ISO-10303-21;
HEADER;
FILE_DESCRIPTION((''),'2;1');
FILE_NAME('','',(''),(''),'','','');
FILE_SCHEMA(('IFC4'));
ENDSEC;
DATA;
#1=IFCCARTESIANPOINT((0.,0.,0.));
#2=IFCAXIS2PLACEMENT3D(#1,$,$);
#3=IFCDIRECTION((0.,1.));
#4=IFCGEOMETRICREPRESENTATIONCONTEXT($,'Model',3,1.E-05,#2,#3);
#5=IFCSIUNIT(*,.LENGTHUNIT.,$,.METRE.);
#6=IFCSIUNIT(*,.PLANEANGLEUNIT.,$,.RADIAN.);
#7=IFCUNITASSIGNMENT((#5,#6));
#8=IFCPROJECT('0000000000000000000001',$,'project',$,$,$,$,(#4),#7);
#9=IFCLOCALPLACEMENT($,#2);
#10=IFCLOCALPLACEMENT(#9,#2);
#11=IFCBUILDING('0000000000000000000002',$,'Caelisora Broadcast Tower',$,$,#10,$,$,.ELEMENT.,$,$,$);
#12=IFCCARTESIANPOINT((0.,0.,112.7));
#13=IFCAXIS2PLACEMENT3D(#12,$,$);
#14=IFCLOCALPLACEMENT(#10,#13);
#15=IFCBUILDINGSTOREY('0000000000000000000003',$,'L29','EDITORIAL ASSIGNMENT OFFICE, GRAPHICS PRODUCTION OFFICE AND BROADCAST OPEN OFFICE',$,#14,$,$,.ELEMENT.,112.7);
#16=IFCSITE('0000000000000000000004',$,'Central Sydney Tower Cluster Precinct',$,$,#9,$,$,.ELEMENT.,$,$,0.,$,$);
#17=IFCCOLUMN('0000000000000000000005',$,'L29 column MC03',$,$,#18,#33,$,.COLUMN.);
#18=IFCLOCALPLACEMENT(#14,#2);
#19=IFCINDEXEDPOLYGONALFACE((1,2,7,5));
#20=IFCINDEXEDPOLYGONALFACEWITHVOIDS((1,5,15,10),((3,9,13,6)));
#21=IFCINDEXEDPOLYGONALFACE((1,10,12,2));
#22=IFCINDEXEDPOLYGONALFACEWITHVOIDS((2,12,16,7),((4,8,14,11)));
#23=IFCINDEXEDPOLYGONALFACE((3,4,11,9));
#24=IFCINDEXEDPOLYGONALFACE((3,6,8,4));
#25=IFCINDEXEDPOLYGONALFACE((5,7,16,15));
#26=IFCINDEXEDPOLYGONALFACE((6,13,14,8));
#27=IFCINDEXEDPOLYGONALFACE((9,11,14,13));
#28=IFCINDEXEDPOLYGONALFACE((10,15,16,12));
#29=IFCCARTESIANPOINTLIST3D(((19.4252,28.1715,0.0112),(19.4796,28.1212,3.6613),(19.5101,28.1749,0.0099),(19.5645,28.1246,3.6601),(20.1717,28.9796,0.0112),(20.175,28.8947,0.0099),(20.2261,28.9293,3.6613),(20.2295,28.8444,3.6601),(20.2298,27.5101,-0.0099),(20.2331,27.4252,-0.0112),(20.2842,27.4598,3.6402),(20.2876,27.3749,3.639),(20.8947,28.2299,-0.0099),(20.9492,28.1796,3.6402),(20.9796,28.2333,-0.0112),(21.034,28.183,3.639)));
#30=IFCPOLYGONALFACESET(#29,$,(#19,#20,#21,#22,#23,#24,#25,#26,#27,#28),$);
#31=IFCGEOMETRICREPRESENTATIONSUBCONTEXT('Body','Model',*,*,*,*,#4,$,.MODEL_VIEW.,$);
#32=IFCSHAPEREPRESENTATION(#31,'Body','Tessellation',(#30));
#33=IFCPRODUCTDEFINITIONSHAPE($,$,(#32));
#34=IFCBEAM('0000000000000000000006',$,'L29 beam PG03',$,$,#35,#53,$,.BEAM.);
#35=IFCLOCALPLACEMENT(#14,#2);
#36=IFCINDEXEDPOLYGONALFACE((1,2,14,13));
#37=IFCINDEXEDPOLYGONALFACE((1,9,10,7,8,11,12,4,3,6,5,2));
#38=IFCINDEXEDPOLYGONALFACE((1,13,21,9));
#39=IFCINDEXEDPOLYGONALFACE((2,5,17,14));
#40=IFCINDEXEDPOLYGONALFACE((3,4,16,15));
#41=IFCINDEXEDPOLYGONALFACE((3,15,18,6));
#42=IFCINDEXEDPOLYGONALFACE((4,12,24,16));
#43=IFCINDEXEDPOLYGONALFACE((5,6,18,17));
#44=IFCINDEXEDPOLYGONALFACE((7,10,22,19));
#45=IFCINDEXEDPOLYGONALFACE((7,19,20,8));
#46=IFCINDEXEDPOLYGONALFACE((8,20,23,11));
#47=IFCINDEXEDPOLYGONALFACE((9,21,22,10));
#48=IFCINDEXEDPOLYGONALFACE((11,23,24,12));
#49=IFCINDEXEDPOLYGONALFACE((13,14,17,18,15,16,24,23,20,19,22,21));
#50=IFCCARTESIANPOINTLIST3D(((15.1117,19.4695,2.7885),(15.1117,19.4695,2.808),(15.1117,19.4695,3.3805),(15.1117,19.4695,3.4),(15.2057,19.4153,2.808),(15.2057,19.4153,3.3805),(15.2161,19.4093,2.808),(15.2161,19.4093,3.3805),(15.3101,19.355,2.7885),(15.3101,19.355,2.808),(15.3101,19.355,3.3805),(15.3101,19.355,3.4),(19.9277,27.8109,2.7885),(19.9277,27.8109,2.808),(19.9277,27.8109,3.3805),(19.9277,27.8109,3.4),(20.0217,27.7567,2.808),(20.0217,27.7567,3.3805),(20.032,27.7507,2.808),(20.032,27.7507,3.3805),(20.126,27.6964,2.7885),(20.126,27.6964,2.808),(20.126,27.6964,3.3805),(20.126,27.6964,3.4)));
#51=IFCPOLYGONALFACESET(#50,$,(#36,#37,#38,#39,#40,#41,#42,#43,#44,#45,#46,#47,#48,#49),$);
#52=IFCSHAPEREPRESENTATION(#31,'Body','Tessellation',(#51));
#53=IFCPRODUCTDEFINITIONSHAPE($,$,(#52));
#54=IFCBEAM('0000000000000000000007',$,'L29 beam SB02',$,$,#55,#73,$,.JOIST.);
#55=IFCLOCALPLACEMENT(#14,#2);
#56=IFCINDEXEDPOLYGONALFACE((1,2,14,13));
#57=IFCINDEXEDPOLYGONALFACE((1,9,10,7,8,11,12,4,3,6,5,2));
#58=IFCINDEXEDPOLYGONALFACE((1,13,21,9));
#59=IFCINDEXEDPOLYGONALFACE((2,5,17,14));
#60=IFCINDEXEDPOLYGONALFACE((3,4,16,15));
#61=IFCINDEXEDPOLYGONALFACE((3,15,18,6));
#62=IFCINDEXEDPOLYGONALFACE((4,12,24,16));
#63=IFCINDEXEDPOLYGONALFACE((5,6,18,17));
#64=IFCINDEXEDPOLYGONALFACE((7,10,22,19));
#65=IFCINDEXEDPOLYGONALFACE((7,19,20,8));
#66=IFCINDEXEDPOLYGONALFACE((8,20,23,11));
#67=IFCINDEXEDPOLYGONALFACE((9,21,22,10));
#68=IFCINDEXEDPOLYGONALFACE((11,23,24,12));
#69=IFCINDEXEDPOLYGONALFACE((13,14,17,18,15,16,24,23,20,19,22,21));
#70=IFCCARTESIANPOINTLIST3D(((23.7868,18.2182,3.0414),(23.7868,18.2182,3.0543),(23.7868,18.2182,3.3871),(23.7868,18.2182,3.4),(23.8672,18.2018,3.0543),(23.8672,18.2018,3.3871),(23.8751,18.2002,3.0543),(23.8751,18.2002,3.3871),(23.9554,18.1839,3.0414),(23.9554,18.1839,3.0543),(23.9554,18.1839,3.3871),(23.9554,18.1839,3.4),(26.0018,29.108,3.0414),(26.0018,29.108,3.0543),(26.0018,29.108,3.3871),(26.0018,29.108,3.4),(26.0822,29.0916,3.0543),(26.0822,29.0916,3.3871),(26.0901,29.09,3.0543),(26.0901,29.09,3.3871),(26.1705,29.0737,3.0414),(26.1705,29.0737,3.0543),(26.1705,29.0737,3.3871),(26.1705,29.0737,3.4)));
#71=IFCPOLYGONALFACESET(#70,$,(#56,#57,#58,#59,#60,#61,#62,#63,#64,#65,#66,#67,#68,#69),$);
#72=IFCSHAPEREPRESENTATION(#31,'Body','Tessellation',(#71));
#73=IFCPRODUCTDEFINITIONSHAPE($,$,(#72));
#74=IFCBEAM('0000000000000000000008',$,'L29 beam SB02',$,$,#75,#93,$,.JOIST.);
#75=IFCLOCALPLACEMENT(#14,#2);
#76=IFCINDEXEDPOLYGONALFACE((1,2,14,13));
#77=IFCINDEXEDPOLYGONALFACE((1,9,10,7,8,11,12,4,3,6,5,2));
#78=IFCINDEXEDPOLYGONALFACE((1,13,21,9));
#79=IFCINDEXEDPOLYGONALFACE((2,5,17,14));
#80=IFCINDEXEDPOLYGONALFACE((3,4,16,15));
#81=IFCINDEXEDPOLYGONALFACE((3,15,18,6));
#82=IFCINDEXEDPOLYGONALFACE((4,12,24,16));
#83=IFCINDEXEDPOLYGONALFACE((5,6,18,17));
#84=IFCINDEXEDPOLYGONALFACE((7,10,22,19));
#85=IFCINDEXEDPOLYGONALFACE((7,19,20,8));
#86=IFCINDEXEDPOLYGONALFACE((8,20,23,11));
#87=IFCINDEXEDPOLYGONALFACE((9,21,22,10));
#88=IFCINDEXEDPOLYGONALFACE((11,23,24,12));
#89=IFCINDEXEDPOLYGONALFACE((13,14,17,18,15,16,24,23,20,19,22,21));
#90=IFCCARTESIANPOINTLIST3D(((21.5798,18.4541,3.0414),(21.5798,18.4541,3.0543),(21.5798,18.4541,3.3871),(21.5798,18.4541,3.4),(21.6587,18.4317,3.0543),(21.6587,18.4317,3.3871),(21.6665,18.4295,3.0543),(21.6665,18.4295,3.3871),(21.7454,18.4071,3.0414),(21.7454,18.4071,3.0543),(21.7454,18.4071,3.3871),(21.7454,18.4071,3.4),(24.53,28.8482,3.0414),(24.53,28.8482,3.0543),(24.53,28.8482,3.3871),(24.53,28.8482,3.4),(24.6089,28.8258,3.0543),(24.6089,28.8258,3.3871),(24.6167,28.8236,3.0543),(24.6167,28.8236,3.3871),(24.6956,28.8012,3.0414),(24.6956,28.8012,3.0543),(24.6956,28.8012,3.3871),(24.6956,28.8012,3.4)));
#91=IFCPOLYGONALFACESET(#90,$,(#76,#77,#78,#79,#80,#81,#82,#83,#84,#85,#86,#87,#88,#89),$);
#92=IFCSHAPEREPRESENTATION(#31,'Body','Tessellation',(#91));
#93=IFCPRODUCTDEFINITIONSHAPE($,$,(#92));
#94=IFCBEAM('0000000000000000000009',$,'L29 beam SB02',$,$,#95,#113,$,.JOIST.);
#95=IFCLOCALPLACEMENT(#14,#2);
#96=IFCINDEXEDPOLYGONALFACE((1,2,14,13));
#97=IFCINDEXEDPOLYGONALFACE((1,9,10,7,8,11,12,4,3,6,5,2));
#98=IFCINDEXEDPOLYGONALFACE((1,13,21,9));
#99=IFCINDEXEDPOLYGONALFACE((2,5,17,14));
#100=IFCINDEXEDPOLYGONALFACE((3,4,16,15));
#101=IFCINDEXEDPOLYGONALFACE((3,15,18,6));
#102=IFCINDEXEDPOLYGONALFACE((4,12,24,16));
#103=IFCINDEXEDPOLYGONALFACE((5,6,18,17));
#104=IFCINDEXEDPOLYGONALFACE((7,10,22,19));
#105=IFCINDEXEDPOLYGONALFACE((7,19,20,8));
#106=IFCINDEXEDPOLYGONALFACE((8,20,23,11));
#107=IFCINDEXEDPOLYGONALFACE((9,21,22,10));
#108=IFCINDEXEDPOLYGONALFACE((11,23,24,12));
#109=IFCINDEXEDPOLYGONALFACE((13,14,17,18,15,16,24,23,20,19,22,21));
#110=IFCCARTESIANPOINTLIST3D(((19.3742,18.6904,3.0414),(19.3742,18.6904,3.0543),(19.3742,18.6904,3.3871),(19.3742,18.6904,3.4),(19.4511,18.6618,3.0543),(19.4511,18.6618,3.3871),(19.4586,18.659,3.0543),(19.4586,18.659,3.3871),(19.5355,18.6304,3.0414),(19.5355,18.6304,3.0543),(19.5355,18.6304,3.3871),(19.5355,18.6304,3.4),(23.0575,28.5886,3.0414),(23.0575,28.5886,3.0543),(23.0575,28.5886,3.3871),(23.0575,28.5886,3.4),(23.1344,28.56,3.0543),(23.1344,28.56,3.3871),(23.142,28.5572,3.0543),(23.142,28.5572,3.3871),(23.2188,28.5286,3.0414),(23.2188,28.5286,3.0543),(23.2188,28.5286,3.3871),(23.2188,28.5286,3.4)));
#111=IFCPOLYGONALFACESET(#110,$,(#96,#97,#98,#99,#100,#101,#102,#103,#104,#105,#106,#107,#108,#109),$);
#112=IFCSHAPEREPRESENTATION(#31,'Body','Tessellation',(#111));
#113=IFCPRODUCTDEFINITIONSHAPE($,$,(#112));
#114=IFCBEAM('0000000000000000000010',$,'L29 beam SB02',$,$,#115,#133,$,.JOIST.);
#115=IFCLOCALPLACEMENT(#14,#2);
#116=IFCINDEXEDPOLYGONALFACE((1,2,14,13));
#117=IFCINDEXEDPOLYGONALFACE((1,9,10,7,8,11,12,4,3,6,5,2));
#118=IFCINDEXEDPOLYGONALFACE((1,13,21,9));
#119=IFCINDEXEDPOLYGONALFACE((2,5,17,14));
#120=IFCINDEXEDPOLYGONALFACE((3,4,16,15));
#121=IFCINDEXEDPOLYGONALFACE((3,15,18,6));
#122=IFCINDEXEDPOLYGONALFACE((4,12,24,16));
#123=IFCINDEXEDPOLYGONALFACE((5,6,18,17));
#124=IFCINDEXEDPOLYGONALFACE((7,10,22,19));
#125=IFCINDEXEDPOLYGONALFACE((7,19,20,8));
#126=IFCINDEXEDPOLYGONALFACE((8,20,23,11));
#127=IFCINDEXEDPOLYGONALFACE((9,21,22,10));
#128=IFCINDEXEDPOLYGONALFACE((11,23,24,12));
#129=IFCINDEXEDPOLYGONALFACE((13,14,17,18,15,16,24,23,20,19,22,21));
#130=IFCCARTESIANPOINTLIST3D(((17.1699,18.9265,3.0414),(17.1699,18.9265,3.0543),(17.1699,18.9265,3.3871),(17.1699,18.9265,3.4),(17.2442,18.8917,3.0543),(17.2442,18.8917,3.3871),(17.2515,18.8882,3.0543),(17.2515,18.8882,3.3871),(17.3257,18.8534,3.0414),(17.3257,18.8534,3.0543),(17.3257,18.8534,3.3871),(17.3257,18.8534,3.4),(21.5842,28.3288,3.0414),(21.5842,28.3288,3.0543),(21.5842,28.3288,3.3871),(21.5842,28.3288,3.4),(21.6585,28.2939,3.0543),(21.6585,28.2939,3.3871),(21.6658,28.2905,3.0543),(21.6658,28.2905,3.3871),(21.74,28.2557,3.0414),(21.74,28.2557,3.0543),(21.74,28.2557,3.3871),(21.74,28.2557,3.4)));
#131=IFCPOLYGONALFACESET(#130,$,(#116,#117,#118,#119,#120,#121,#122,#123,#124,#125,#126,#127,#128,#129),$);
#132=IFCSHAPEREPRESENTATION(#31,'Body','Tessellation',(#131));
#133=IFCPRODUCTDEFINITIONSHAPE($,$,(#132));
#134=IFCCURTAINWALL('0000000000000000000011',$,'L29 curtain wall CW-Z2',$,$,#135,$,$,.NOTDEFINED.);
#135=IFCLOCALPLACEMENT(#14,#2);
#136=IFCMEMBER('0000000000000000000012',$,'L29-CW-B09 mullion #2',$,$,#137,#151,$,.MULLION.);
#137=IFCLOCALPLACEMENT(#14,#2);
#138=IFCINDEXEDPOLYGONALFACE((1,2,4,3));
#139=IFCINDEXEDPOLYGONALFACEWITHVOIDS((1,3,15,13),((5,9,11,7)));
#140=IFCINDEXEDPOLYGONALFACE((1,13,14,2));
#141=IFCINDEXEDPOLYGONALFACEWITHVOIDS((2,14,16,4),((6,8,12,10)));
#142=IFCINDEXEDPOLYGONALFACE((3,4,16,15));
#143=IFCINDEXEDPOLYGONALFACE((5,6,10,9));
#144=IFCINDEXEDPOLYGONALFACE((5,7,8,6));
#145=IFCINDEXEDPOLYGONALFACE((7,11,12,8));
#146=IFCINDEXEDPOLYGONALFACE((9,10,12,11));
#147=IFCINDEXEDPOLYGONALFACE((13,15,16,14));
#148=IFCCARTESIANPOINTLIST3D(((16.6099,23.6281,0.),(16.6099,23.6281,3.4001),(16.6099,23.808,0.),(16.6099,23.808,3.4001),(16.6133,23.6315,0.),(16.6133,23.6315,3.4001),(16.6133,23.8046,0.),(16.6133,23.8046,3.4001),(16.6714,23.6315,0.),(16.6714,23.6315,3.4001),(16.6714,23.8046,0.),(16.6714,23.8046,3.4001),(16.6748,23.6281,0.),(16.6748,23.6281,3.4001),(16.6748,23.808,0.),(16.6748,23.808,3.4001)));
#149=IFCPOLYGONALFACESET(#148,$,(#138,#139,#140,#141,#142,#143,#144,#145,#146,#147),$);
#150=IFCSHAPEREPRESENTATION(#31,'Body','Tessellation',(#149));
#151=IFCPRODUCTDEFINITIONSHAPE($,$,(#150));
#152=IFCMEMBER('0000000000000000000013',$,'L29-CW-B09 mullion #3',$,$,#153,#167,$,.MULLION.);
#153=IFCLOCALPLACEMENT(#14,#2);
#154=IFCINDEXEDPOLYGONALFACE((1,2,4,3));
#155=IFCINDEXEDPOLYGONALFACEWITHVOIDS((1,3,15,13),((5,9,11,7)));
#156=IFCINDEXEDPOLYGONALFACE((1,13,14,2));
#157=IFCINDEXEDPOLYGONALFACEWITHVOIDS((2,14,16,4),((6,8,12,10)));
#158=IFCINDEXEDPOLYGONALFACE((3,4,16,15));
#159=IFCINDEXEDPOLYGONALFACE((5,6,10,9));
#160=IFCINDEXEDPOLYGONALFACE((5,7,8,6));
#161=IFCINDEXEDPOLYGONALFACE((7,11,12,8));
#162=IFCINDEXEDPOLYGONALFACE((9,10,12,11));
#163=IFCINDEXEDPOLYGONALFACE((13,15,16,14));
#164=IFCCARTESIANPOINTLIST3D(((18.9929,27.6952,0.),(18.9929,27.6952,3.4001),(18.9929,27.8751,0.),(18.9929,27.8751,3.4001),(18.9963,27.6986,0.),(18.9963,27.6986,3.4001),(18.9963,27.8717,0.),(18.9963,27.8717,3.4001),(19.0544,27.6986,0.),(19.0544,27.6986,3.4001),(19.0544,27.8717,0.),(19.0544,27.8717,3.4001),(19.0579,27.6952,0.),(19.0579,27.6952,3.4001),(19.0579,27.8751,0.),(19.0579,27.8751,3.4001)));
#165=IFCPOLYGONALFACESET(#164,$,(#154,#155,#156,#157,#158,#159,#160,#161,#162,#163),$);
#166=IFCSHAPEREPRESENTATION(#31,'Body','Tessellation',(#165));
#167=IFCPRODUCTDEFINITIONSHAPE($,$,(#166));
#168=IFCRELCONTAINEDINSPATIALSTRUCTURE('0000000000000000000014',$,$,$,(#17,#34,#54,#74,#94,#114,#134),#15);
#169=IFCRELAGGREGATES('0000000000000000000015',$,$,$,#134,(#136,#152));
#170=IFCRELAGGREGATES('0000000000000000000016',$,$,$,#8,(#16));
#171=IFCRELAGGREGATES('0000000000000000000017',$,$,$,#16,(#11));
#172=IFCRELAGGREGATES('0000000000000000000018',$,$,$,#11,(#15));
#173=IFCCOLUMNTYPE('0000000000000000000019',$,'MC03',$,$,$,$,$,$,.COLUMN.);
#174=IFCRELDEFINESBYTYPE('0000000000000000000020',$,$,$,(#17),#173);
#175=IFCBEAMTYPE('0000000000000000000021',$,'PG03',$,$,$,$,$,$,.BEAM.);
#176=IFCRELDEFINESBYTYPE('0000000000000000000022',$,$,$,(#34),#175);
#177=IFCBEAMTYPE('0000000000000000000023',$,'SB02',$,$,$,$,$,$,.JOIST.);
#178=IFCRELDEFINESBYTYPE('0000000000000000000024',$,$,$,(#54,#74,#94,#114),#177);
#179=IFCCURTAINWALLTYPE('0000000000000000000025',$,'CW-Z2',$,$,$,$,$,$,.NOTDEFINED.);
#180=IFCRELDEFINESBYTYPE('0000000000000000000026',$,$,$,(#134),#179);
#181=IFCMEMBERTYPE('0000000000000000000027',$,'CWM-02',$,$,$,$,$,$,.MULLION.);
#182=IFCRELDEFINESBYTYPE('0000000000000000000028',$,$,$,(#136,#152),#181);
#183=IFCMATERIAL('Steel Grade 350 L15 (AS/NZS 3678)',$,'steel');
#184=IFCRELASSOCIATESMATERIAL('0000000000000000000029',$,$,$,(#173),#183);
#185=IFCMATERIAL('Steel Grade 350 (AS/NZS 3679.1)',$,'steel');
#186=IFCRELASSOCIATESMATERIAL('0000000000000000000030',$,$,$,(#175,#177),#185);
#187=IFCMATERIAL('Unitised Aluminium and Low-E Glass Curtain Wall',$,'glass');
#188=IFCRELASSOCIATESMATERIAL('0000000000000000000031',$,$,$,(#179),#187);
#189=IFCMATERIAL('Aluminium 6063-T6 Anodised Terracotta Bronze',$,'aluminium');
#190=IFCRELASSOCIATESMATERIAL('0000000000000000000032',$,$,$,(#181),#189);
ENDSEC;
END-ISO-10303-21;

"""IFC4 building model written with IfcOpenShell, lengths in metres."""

from ifc_helpers import new_model, si_unit, direction, frame, origin, origin_2d, place, context, subcontext, project, spatial, hollow_rectangle, i_section, extrude, source, transform, mapped, material, material_profile, profile_set, type_object, type_shapes, element, aggregate, save


model = new_model("IFC4")

# Units and contexts
model_context = context("Model", 3, precision=1e-05, world=origin(), true_north=direction((0.0, 1.0)))
body_context = subcontext(model_context, "Body", "Model", "MODEL_VIEW")
ifc_project = project(units=[si_unit("LENGTHUNIT", "METRE"), si_unit("PLANEANGLEUNIT", "RADIAN")], contexts=[model_context])

# Site, building, storey
site_placement = place(None, origin())
site = spatial("IfcSite", under=ifc_project, at=site_placement, Name="Central Sydney Tower Cluster Precinct", CompositionType="ELEMENT", RefElevation=0.0)
building_placement = place(site_placement, origin())
building = spatial("IfcBuilding", under=site, at=building_placement, Name="Caelisora Broadcast Tower", CompositionType="ELEMENT")
storey_placement = place(building_placement, frame((0.0, 0.0, 112.7)))
storey = spatial("IfcBuildingStorey", under=building, at=storey_placement, Name="L29", Description="EDITORIAL ASSIGNMENT OFFICE, GRAPHICS PRODUCTION OFFICE AND BROADCAST OPEN OFFICE", CompositionType="ELEMENT", Elevation=112.7)

# Column
ifc_material_1 = material(Name="Steel Grade 350 L15 (AS/NZS 3678)", Category="steel")
ifc_material_profile_1 = material_profile(ifc_material_1, hollow_rectangle(XDim=1.1001, YDim=1.1001, WallThickness=0.0601, at=origin_2d()), Name="Steel Grade 350 L15 (AS/NZS 3678)")
ifc_profile_set_1 = profile_set([ifc_material_profile_1], Name="Steel Grade 350 L15 (AS/NZS 3678)")
column_type = type_object("IfcColumnType", Name="MC03", PredefinedType="COLUMN", material=ifc_profile_set_1)
shared_shape_1 = source(origin(), body_context, "Body", "SweptSolid", [
    extrude(hollow_rectangle(XDim=1.1001, YDim=1.1001, WallThickness=0.0601, at=origin_2d()), origin(), (0.0, 0.0, 1.0), 3.6509),
])
type_shapes(column_type, [shared_shape_1])
column_placement = place(storey_placement, frame((20.2024, 28.2024, 0.0), z_axis=(0.014912, -0.013776, 0.999794), x_axis=(0.678554, 0.734551, 0.0)))
element("IfcColumn", 1, at=column_placement, inside=storey, type_object=column_type, Name="L29 column MC03", PredefinedType="COLUMN", context=body_context, shape_type="MappedRepresentation", body=[
    mapped(shared_shape_1, transform((0.0, 0.0, 0.0), scale=1.0)),
])

# Beams
ifc_material_2 = material(Name="Steel Grade 350 (AS/NZS 3679.1)", Category="steel")
ifc_material_profile_2 = material_profile(ifc_material_2, i_section(OverallWidth=0.229, OverallDepth=0.6116, WebThickness=0.012, FlangeThickness=0.0195, at=origin_2d()), Name="Steel Grade 350 (AS/NZS 3679.1)")
ifc_profile_set_2 = profile_set([ifc_material_profile_2], Name="Steel Grade 350 (AS/NZS 3679.1)")
beam_type_1 = type_object("IfcBeamType", Name="PG03", PredefinedType="BEAM", material=ifc_profile_set_2)
shared_shape_2 = source(origin(), body_context, "Body", "SweptSolid", [
    extrude(i_section(OverallWidth=0.229, OverallDepth=0.6116, WebThickness=0.012, FlangeThickness=0.0195, at=origin_2d()), origin(), (0.0, 0.0, 1.0), 9.6318),
])
type_shapes(beam_type_1, [shared_shape_2])
beam_1_placement = place(storey_placement, frame((20.0269, 27.7537, 3.0942), z_axis=(-0.500005, -0.866023, 0.0), x_axis=(0.866023, -0.500005, 0.0)))
element("IfcBeam", 2, at=beam_1_placement, inside=storey, type_object=beam_type_1, Name="L29 beam PG03", PredefinedType="BEAM", context=body_context, shape_type="MappedRepresentation", body=[
    mapped(shared_shape_2, transform((0.0, 0.0, 0.0), scale=1.0)),
])
ifc_material_profile_3 = material_profile(ifc_material_2, i_section(OverallWidth=0.1721, OverallDepth=0.3586, WebThickness=0.0081, FlangeThickness=0.0129, at=origin_2d()), Name="Steel Grade 350 (AS/NZS 3679.1)")
ifc_profile_set_3 = profile_set([ifc_material_profile_3], Name="Steel Grade 350 (AS/NZS 3679.1)")
beam_type_2 = type_object("IfcBeamType", Name="SB02", PredefinedType="JOIST", material=ifc_profile_set_3)
shared_shape_3 = source(origin(), body_context, "Body", "SweptSolid", [
    extrude(i_section(OverallWidth=0.1721, OverallDepth=0.3586, WebThickness=0.0081, FlangeThickness=0.0129, at=origin_2d()), origin(), (0.0, 0.0, 1.0), 11.1128),
])
beam_2_placement = place(storey_placement, frame((26.0862, 29.0908, 3.2207), z_axis=(-0.199326, -0.979933, 0.0), x_axis=(0.979933, -0.199326, 0.0)))
element("IfcBeam", 3, at=beam_2_placement, inside=storey, type_object=beam_type_2, Name="L29 beam SB02", PredefinedType="JOIST", context=body_context, shape_type="MappedRepresentation", body=[
    mapped(shared_shape_3, transform((0.0, 0.0, 0.0), scale=1.0)),
])
shared_shape_4 = source(origin(), body_context, "Body", "SweptSolid", [
    extrude(i_section(OverallWidth=0.1721, OverallDepth=0.3586, WebThickness=0.0081, FlangeThickness=0.0129, at=origin_2d()), origin(), (0.0, 0.0, 1.0), 10.8047),
])
beam_3_placement = place(storey_placement, frame((24.6128, 28.8247, 3.2207), z_axis=(-0.273049, -0.962, 0.0), x_axis=(0.962, -0.273049, 0.0)))
element("IfcBeam", 4, at=beam_3_placement, inside=storey, type_object=beam_type_2, Name="L29 beam SB02", PredefinedType="JOIST", context=body_context, shape_type="MappedRepresentation", body=[
    mapped(shared_shape_4, transform((0.0, 0.0, 0.0), scale=1.0)),
])
shared_shape_5 = source(origin(), body_context, "Body", "SweptSolid", [
    extrude(i_section(OverallWidth=0.1721, OverallDepth=0.3586, WebThickness=0.0081, FlangeThickness=0.0129, at=origin_2d()), origin(), (0.0, 0.0, 1.0), 10.5613),
])
beam_4_placement = place(storey_placement, frame((23.1382, 28.5586, 3.2207), z_axis=(-0.348759, -0.937213, 0.0), x_axis=(0.937213, -0.348759, 0.0)))
element("IfcBeam", 5, at=beam_4_placement, inside=storey, type_object=beam_type_2, Name="L29 beam SB02", PredefinedType="JOIST", context=body_context, shape_type="MappedRepresentation", body=[
    mapped(shared_shape_5, transform((0.0, 0.0, 0.0), scale=1.0)),
])
shared_shape_6 = source(origin(), body_context, "Body", "SweptSolid", [
    extrude(i_section(OverallWidth=0.1721, OverallDepth=0.3586, WebThickness=0.0081, FlangeThickness=0.0129, at=origin_2d()), origin(), (0.0, 0.0, 1.0), 10.387),
])
type_shapes(beam_type_2, [shared_shape_3, shared_shape_4, shared_shape_5, shared_shape_6])
beam_5_placement = place(storey_placement, frame((21.6621, 28.2922, 3.2207), z_axis=(-0.424983, -0.905201, 0.0), x_axis=(0.905201, -0.424983, 0.0)))
element("IfcBeam", 6, at=beam_5_placement, inside=storey, type_object=beam_type_2, Name="L29 beam SB02", PredefinedType="JOIST", context=body_context, shape_type="MappedRepresentation", body=[
    mapped(shared_shape_6, transform((0.0, 0.0, 0.0), scale=1.0)),
])

# Curtain wall, members
ifc_material_3 = material(Name="Unitised Aluminium and Low-E Glass Curtain Wall", Category="glass")
curtain_wall_type_1 = type_object("IfcCurtainWallType", Name="CW-Z2", PredefinedType="NOTDEFINED", material=ifc_material_3)
curtain_wall_1_placement = place(storey_placement, origin())
curtain_wall_1 = element("IfcCurtainWall", 7, at=curtain_wall_1_placement, inside=storey, type_object=curtain_wall_type_1, Name="L29 curtain wall CW-Z2", PredefinedType="NOTDEFINED")
ifc_material_4 = material(Name="Aluminium 6063-T6 Anodised Terracotta Bronze", Category="aluminium")
ifc_material_profile_4 = material_profile(ifc_material_4, hollow_rectangle(XDim=0.0649, YDim=0.1799, WallThickness=0.0034, at=origin_2d()), Name="Aluminium 6063-T6 Anodised Terracotta Bronze")
ifc_profile_set_4 = profile_set([ifc_material_profile_4], Name="Aluminium 6063-T6 Anodised Terracotta Bronze")
member_type_1 = type_object("IfcMemberType", Name="CWM-02", PredefinedType="MULLION", material=ifc_profile_set_4)
shared_shape_7 = source(origin(), body_context, "Body", "SweptSolid", [
    extrude(hollow_rectangle(XDim=0.0649, YDim=0.1799, WallThickness=0.0034, at=origin_2d()), origin(), (0.0, 0.0, 1.0), 3.4001),
])
type_shapes(member_type_1, [shared_shape_7])
member_1_placement = place(storey_placement, frame((16.6423, 23.718, 0.0), z_axis=(0.0, 0.0, 1.0), x_axis=(1.0, 0.0, 0.0)))
member_1 = element("IfcMember", 8, at=member_1_placement, type_object=member_type_1, Name="L29-CW-B09 mullion #2", PredefinedType="MULLION", context=body_context, shape_type="MappedRepresentation", body=[
    mapped(shared_shape_7, transform((0.0, 0.0, 0.0), scale=1.0)),
])
member_2_placement = place(storey_placement, frame((19.0254, 27.7852, 0.0), z_axis=(0.0, 0.0, 1.0), x_axis=(1.0, 0.0, 0.0)))
member_2 = element("IfcMember", 9, at=member_2_placement, type_object=member_type_1, Name="L29-CW-B09 mullion #3", PredefinedType="MULLION", context=body_context, shape_type="MappedRepresentation", body=[
    mapped(shared_shape_7, transform((0.0, 0.0, 0.0), scale=1.0)),
])

aggregate(curtain_wall_1, [member_1, member_2])

save(model, "model.ifc")
